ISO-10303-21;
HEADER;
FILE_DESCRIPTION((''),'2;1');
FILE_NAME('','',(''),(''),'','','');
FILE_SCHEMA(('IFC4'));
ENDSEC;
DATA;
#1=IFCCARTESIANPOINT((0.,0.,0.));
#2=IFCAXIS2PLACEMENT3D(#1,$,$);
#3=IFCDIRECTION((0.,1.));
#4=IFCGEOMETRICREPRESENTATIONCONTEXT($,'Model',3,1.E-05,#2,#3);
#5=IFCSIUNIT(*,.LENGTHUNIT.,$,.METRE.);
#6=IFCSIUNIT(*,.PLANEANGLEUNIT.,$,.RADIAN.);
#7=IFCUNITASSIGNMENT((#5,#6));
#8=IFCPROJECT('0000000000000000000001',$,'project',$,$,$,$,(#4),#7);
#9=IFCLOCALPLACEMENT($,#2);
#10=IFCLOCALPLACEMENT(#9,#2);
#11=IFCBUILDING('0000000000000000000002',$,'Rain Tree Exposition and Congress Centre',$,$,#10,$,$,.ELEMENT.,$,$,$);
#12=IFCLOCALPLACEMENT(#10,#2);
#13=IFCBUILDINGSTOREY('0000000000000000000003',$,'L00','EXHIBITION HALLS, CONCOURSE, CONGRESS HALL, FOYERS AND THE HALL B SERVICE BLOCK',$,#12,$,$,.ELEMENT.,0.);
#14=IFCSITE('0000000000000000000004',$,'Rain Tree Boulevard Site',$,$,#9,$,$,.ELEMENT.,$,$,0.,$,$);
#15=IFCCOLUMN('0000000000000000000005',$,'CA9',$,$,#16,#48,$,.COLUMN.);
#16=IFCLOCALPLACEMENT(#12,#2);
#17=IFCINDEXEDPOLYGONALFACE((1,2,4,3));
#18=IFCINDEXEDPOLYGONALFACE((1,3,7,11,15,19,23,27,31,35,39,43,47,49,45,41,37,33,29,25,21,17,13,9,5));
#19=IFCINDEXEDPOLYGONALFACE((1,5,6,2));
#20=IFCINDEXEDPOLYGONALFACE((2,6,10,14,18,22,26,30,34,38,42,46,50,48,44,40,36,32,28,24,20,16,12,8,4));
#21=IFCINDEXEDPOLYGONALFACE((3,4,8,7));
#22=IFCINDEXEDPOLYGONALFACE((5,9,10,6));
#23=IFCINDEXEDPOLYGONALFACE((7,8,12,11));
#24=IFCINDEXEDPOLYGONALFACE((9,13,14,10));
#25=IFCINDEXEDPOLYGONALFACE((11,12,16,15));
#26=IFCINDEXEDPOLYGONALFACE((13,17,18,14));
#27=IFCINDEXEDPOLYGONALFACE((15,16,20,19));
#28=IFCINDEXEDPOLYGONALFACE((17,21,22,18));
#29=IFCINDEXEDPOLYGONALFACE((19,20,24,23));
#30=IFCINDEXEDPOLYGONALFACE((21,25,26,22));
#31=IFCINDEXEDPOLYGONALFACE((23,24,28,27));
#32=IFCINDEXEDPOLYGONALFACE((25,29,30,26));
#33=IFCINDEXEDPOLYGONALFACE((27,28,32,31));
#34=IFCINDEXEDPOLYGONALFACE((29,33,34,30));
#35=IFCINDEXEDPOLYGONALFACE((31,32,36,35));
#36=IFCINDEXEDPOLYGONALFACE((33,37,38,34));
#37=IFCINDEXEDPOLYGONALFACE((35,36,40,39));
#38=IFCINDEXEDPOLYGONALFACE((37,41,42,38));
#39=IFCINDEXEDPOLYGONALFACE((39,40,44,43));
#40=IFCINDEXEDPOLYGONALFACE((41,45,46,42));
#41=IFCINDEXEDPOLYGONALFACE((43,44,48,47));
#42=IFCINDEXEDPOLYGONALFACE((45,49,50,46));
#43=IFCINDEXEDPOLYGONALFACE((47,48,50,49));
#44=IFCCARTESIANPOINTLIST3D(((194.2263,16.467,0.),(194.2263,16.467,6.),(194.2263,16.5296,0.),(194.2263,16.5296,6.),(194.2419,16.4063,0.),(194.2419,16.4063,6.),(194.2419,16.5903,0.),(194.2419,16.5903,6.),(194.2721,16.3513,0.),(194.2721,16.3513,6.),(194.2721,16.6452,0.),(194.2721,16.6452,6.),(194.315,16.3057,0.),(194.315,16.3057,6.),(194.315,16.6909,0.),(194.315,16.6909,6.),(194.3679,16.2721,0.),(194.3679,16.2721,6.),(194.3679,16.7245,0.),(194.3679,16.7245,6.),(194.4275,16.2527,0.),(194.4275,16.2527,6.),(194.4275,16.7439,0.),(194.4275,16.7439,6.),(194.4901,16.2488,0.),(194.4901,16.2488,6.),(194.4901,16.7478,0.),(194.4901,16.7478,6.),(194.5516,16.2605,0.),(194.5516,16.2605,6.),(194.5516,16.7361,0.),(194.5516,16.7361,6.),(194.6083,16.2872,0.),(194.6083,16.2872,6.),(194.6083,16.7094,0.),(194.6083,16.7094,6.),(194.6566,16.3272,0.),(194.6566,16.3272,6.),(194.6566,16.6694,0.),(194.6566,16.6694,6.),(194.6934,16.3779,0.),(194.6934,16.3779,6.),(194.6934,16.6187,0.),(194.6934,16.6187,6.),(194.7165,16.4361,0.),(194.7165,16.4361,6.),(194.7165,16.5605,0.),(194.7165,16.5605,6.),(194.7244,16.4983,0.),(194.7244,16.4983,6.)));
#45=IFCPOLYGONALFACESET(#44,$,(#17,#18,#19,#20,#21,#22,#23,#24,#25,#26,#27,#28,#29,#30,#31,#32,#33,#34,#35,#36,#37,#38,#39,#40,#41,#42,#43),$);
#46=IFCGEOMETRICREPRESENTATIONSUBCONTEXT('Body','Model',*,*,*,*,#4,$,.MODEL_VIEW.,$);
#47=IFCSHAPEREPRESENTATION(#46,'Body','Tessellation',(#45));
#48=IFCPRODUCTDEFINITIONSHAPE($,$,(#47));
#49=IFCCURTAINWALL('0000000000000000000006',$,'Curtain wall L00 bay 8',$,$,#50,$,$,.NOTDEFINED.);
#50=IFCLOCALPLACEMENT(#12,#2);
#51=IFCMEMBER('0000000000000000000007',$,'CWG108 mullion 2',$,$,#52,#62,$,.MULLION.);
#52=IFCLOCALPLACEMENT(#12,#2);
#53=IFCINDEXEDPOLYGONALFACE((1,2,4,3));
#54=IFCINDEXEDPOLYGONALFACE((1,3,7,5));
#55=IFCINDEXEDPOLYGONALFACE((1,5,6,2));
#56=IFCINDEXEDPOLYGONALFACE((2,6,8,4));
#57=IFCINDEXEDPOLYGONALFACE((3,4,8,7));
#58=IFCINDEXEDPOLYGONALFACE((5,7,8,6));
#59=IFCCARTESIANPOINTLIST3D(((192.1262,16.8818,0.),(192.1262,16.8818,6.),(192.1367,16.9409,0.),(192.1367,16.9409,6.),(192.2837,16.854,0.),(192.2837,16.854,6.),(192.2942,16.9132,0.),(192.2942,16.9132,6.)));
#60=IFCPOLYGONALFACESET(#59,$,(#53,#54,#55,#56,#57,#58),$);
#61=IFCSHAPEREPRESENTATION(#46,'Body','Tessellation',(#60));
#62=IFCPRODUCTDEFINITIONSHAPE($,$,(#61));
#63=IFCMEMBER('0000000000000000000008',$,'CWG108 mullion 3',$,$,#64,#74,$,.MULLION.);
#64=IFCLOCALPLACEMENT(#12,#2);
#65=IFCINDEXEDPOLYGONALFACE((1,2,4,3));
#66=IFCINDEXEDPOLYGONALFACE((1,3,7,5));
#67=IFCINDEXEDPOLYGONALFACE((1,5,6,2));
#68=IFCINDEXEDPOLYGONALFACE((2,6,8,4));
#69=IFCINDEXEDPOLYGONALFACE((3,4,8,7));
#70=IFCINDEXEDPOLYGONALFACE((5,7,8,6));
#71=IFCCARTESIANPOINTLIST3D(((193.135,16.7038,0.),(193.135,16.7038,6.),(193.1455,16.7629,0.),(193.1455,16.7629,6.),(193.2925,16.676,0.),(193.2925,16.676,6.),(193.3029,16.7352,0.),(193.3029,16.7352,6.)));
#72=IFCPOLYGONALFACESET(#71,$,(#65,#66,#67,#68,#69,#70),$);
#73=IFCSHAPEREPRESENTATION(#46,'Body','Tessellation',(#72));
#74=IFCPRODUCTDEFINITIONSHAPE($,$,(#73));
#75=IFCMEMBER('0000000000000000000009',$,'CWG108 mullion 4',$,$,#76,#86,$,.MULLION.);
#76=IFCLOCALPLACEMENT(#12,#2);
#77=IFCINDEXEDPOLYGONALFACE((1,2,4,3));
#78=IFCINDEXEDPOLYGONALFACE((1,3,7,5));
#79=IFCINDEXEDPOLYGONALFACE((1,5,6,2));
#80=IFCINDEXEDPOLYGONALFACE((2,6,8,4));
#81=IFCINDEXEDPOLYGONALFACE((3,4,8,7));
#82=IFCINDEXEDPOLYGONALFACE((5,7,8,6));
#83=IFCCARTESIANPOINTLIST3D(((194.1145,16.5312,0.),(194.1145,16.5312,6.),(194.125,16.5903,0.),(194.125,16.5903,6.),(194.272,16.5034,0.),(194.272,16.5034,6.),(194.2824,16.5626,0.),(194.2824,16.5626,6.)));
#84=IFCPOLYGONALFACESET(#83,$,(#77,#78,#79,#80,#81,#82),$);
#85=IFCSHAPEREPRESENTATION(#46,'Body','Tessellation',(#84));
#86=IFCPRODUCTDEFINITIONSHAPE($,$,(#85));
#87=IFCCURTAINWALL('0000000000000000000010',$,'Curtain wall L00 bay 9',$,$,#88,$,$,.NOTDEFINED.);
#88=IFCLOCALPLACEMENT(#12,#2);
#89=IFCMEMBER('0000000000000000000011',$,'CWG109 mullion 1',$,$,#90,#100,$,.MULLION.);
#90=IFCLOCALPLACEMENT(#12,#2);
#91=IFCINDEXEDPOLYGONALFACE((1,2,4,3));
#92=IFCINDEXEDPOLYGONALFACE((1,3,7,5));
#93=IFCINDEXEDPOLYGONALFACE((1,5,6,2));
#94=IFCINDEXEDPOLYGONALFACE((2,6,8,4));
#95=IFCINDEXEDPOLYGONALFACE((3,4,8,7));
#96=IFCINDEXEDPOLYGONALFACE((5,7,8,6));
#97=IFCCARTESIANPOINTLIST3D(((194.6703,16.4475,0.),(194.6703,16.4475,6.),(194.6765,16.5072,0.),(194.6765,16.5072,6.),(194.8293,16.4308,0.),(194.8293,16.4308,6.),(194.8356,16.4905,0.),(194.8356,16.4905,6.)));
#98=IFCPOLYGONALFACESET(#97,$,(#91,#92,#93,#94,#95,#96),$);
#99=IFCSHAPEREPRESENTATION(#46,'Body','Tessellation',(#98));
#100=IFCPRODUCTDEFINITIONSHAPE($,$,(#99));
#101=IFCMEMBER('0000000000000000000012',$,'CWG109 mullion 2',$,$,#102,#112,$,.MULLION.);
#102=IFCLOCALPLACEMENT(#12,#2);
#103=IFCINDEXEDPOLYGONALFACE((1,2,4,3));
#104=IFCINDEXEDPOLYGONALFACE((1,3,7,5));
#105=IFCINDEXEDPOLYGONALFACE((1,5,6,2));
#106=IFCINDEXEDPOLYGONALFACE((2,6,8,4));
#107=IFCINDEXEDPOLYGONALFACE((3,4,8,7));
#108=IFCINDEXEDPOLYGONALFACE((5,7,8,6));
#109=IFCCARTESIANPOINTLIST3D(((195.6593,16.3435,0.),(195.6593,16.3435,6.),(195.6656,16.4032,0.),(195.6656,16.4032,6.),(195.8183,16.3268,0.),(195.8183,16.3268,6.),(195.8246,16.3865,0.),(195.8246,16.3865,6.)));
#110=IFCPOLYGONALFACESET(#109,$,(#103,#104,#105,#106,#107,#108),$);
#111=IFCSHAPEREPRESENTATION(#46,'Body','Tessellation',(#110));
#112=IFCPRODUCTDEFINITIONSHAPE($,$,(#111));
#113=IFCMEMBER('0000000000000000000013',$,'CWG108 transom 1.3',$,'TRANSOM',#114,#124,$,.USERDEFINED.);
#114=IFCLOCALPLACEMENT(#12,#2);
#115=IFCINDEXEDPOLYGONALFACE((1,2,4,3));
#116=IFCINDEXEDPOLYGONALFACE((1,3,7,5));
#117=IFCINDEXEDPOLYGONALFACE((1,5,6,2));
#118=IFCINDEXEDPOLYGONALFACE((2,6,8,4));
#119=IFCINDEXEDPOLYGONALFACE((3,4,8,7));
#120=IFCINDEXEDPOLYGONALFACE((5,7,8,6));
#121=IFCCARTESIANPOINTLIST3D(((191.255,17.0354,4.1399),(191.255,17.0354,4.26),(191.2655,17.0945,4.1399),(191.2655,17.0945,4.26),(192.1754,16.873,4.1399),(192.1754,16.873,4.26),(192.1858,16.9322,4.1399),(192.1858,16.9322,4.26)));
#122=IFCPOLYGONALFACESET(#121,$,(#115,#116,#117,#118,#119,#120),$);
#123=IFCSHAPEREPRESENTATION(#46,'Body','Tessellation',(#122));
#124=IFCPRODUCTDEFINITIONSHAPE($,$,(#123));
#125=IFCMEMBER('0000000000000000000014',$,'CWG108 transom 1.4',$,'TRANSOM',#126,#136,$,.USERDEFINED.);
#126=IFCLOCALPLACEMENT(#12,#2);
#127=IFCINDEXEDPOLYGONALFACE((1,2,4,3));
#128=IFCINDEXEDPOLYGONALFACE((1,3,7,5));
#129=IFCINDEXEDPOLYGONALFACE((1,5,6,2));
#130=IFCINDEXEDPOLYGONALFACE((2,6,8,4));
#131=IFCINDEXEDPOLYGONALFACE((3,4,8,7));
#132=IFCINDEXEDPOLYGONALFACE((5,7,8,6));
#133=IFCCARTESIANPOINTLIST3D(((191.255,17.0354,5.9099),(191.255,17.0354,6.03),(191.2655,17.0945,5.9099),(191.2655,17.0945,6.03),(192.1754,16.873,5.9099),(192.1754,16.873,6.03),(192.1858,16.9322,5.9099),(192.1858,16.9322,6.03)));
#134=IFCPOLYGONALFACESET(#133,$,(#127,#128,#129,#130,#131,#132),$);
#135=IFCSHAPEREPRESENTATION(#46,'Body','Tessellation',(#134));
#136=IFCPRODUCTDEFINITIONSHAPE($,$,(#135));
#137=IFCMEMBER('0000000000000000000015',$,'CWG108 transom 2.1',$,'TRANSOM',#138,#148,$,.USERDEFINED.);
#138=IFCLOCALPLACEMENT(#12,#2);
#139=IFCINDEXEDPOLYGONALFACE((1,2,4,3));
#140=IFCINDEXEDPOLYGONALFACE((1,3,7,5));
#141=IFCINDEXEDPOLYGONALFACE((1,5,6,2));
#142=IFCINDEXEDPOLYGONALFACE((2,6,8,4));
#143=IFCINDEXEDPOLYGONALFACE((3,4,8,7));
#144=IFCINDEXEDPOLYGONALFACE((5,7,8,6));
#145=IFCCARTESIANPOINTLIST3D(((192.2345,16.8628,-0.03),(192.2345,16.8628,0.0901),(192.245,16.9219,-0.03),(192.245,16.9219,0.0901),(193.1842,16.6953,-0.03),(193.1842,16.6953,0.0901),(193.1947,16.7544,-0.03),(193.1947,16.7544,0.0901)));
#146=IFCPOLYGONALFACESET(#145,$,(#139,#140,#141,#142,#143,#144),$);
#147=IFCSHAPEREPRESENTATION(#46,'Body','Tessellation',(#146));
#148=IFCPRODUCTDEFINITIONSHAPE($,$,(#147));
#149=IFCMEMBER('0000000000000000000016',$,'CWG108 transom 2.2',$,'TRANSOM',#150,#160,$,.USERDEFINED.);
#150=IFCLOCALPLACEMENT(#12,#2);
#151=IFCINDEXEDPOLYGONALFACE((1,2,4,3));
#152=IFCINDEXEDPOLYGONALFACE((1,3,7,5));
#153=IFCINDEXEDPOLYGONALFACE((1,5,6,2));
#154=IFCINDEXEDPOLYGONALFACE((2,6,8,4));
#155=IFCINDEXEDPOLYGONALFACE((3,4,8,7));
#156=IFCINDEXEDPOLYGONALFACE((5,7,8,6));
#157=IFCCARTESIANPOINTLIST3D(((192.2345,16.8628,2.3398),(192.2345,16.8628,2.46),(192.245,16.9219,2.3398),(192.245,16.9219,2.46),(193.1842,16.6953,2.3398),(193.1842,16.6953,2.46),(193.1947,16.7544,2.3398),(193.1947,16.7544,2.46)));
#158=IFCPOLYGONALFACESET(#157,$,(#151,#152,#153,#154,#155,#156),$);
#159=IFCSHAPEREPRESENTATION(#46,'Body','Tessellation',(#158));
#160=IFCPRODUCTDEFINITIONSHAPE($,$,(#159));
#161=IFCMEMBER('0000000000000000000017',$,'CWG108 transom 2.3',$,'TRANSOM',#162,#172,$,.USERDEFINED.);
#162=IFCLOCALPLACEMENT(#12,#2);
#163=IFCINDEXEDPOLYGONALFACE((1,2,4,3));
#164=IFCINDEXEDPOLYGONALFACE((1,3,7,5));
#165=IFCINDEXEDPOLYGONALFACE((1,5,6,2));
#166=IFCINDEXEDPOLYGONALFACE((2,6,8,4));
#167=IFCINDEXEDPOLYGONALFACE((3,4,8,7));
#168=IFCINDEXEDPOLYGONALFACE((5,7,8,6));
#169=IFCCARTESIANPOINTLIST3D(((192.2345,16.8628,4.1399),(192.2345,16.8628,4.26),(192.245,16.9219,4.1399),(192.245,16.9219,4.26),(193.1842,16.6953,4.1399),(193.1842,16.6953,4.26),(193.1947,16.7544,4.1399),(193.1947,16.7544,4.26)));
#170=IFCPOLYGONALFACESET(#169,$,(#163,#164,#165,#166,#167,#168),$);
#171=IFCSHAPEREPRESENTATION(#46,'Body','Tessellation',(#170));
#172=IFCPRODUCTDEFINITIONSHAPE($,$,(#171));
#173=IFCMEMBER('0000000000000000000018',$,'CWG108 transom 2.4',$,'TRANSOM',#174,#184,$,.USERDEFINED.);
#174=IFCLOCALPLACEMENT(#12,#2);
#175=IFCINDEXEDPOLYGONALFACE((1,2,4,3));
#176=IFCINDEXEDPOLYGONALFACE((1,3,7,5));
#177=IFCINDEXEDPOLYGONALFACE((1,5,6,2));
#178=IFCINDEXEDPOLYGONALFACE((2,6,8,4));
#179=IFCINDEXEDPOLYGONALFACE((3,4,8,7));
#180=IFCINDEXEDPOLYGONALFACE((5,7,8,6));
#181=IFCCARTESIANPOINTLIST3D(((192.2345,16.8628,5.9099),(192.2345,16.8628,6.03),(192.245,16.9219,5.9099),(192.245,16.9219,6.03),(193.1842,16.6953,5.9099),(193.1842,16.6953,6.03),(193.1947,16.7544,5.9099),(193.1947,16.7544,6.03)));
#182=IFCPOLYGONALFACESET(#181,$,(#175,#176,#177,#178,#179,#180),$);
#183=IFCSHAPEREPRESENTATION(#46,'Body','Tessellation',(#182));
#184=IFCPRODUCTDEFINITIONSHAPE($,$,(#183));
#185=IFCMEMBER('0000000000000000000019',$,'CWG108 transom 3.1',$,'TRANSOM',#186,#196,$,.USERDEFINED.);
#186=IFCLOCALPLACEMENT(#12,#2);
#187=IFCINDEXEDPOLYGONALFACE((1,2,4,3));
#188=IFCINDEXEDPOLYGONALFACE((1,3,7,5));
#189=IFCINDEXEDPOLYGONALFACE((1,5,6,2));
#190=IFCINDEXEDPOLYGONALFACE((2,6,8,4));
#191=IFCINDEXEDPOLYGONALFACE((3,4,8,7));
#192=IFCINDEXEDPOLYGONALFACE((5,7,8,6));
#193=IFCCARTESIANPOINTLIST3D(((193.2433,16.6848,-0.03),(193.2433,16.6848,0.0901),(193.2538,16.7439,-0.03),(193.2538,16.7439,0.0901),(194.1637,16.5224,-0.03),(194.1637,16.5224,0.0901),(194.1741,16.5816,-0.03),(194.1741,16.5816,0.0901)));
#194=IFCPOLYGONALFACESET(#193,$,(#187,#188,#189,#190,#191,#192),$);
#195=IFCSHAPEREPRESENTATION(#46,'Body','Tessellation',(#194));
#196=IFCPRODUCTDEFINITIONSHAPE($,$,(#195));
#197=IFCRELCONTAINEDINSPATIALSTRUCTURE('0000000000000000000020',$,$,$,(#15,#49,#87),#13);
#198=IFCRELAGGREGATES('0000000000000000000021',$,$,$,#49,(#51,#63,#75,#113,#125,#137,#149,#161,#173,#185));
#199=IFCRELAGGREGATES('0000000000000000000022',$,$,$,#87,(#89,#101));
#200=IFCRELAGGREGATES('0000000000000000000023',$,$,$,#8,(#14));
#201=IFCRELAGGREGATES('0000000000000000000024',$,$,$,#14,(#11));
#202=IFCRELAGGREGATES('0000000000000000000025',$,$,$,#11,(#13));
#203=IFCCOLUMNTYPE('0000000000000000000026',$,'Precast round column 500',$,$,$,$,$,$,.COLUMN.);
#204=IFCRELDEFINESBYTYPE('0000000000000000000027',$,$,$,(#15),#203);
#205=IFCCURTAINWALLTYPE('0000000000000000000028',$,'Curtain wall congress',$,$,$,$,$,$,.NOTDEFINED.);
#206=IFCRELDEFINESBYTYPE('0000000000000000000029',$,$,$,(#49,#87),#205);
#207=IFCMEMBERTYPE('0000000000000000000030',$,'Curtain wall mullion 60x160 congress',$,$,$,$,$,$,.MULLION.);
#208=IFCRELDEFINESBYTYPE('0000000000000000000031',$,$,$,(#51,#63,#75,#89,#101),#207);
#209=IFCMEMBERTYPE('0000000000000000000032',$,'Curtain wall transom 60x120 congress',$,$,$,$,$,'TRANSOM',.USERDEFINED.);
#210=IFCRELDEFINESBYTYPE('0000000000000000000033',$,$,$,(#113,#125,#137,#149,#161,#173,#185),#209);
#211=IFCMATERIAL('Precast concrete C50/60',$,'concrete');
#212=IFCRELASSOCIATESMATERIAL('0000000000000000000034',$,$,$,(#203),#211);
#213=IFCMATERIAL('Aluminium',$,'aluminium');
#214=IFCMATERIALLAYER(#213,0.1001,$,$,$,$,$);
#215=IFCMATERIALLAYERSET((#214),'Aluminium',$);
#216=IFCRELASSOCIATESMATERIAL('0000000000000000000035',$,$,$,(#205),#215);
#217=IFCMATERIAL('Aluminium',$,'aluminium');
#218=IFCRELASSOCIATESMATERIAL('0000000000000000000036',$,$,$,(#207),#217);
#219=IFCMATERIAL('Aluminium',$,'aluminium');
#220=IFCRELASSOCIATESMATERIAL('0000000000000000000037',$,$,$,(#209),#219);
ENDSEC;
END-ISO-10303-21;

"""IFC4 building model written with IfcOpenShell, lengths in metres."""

from ifc_helpers import new_model, si_unit, direction, frame, origin, origin_2d, place, context, subcontext, project, spatial, rectangle, circle, extrude, material, layer, layer_set, material_profile, profile_set, type_object, element, aggregate, save


model = new_model("IFC4")

# Units and contexts
model_context = context("Model", 3, precision=1e-05, world=origin(), true_north=direction((0.0, 1.0)))
body_context = subcontext(model_context, "Body", "Model", "MODEL_VIEW")
ifc_project = project(units=[si_unit("LENGTHUNIT", "METRE"), si_unit("PLANEANGLEUNIT", "RADIAN")], contexts=[model_context])

# Site, building, storey
site_placement = place(None, origin())
site = spatial("IfcSite", under=ifc_project, at=site_placement, Name="Rain Tree Boulevard Site", CompositionType="ELEMENT", RefElevation=0.0)
building_placement = place(site_placement, origin())
building = spatial("IfcBuilding", under=site, at=building_placement, Name="Rain Tree Exposition and Congress Centre", CompositionType="ELEMENT")
storey_placement = place(building_placement, origin())
storey = spatial("IfcBuildingStorey", under=building, at=storey_placement, Name="L00", Description="EXHIBITION HALLS, CONCOURSE, CONGRESS HALL, FOYERS AND THE HALL B SERVICE BLOCK", CompositionType="ELEMENT", Elevation=0.0)

# Column
ifc_material_1 = material(Name="Precast concrete C50/60", Category="concrete")
ifc_material_profile_1 = material_profile(ifc_material_1, circle(Radius=0.25, at=origin_2d()), Name="RC D500")
ifc_profile_set_1 = profile_set([ifc_material_profile_1], Name="Precast concrete C50/60")
column_type = type_object("IfcColumnType", Name="Precast round column 500", PredefinedType="COLUMN", material=ifc_profile_set_1)
column_placement = place(storey_placement, frame((194.4744, 16.4983, 0.0), z_axis=(0.0, 0.0, 1.0), x_axis=(1.0, 0.0, 0.0)))
element("IfcColumn", 1, at=column_placement, inside=storey, type_object=column_type, Name="CA9", PredefinedType="COLUMN", context=body_context, shape_type="SweptSolid", body=[
    extrude(circle(Radius=0.25, at=origin_2d()), origin(), (0.0, 0.0, 1.0), 6.0),
])

# Curtain walls, members
ifc_material_2 = material(Name="Aluminium", Category="aluminium")
ifc_layer_1 = layer(ifc_material_2, 0.1001)
ifc_layer_set_1 = layer_set([ifc_layer_1], Name="Aluminium")
curtain_wall_type = type_object("IfcCurtainWallType", Name="Curtain wall congress", PredefinedType="NOTDEFINED", material=ifc_layer_set_1)
curtain_wall_1_placement = place(storey_placement, origin())
curtain_wall_1 = element("IfcCurtainWall", 2, at=curtain_wall_1_placement, inside=storey, type_object=curtain_wall_type, Name="Curtain wall L00 bay 8", PredefinedType="NOTDEFINED")
ifc_material_3 = material(Name="Aluminium", Category="aluminium")
ifc_material_profile_2 = material_profile(ifc_material_3, rectangle(XDim=0.0601, YDim=0.1599, at=origin_2d()), Name="AL 60x160")
ifc_profile_set_2 = profile_set([ifc_material_profile_2], Name="Aluminium")
member_type_1 = type_object("IfcMemberType", Name="Curtain wall mullion 60x160 congress", PredefinedType="MULLION", material=ifc_profile_set_2)
member_1_placement = place(storey_placement, frame((192.2102, 16.8975, 0.0), z_axis=(0.0, 0.0, 1.0), x_axis=(0.173635, 0.98481, 0.0)))
member_1 = element("IfcMember", 3, at=member_1_placement, type_object=member_type_1, Name="CWG108 mullion 2", PredefinedType="MULLION", context=body_context, shape_type="SweptSolid", body=[
    extrude(rectangle(XDim=0.0601, YDim=0.1599, at=origin_2d()), origin(), (0.0, 0.0, 1.0), 6.0),
])
member_2_placement = place(storey_placement, frame((193.219, 16.7195, 0.0), z_axis=(0.0, 0.0, 1.0), x_axis=(0.173635, 0.98481, 0.0)))
member_2 = element("IfcMember", 4, at=member_2_placement, type_object=member_type_1, Name="CWG108 mullion 3", PredefinedType="MULLION", context=body_context, shape_type="SweptSolid", body=[
    extrude(rectangle(XDim=0.0601, YDim=0.1599, at=origin_2d()), origin(), (0.0, 0.0, 1.0), 6.0),
])
member_3_placement = place(storey_placement, frame((194.1985, 16.5469, 0.0), z_axis=(0.0, 0.0, 1.0), x_axis=(0.173635, 0.98481, 0.0)))
member_3 = element("IfcMember", 5, at=member_3_placement, type_object=member_type_1, Name="CWG108 mullion 4", PredefinedType="MULLION", context=body_context, shape_type="SweptSolid", body=[
    extrude(rectangle(XDim=0.0601, YDim=0.1599, at=origin_2d()), origin(), (0.0, 0.0, 1.0), 6.0),
])
curtain_wall_2_placement = place(storey_placement, origin())
curtain_wall_2 = element("IfcCurtainWall", 6, at=curtain_wall_2_placement, inside=storey, type_object=curtain_wall_type, Name="Curtain wall L00 bay 9", PredefinedType="NOTDEFINED")
member_4_placement = place(storey_placement, frame((194.7529, 16.469, 0.0), z_axis=(0.0, 0.0, 1.0), x_axis=(0.104502, 0.994525, 0.0)))
member_4 = element("IfcMember", 7, at=member_4_placement, type_object=member_type_1, Name="CWG109 mullion 1", PredefinedType="MULLION", context=body_context, shape_type="SweptSolid", body=[
    extrude(rectangle(XDim=0.0601, YDim=0.1599, at=origin_2d()), origin(), (0.0, 0.0, 1.0), 6.0),
])
member_5_placement = place(storey_placement, frame((195.7419, 16.365, 0.0), z_axis=(0.0, 0.0, 1.0), x_axis=(0.104502, 0.994525, 0.0)))
member_5 = element("IfcMember", 8, at=member_5_placement, type_object=member_type_1, Name="CWG109 mullion 2", PredefinedType="MULLION", context=body_context, shape_type="SweptSolid", body=[
    extrude(rectangle(XDim=0.0601, YDim=0.1599, at=origin_2d()), origin(), (0.0, 0.0, 1.0), 6.0),
])

# Members
ifc_material_4 = material(Name="Aluminium", Category="aluminium")
ifc_material_profile_3 = material_profile(ifc_material_4, rectangle(XDim=0.0601, YDim=0.1201, at=origin_2d()), Name="AL 60x120")
ifc_profile_set_3 = profile_set([ifc_material_profile_3], Name="Aluminium")
member_type_2 = type_object("IfcMemberType", Name="Curtain wall transom 60x120 congress", ElementType="TRANSOM", PredefinedType="USERDEFINED", material=ifc_profile_set_3)
member_6_placement = place(storey_placement, frame((191.2603, 17.0649, 4.2), z_axis=(0.984797, -0.173711, 0.0), x_axis=(0.173711, 0.984797, 0.0)))
member_6 = element("IfcMember", 9, at=member_6_placement, type_object=member_type_2, Name="CWG108 transom 1.3", ObjectType="TRANSOM", PredefinedType="USERDEFINED", context=body_context, shape_type="SweptSolid", body=[
    extrude(rectangle(XDim=0.0601, YDim=0.1201, at=origin_2d()), origin(), (0.0, 0.0, 1.0), 0.9346),
])
member_7_placement = place(storey_placement, frame((191.2603, 17.0649, 5.97), z_axis=(0.984797, -0.173711, 0.0), x_axis=(0.173711, 0.984797, 0.0)))
member_7 = element("IfcMember", 10, at=member_7_placement, type_object=member_type_2, Name="CWG108 transom 1.4", ObjectType="TRANSOM", PredefinedType="USERDEFINED", context=body_context, shape_type="SweptSolid", body=[
    extrude(rectangle(XDim=0.0601, YDim=0.1201, at=origin_2d()), origin(), (0.0, 0.0, 1.0), 0.9346),
])
member_8_placement = place(storey_placement, frame((192.2397, 16.8923, 0.03), z_axis=(0.984804, -0.17367, 0.0), x_axis=(0.17367, 0.984804, 0.0)))
member_8 = element("IfcMember", 11, at=member_8_placement, type_object=member_type_2, Name="CWG108 transom 2.1", ObjectType="TRANSOM", PredefinedType="USERDEFINED", context=body_context, shape_type="SweptSolid", body=[
    extrude(rectangle(XDim=0.0601, YDim=0.1201, at=origin_2d()), origin(), (0.0, 0.0, 1.0), 0.9644),
])
member_9_placement = place(storey_placement, frame((192.2397, 16.8923, 2.3999), z_axis=(0.984804, -0.17367, 0.0), x_axis=(0.17367, 0.984804, 0.0)))
member_9 = element("IfcMember", 12, at=member_9_placement, type_object=member_type_2, Name="CWG108 transom 2.2", ObjectType="TRANSOM", PredefinedType="USERDEFINED", context=body_context, shape_type="SweptSolid", body=[
    extrude(rectangle(XDim=0.0601, YDim=0.1201, at=origin_2d()), origin(), (0.0, 0.0, 1.0), 0.9644),
])
member_10_placement = place(storey_placement, frame((192.2397, 16.8923, 4.2), z_axis=(0.984804, -0.17367, 0.0), x_axis=(0.17367, 0.984804, 0.0)))
member_10 = element("IfcMember", 13, at=member_10_placement, type_object=member_type_2, Name="CWG108 transom 2.3", ObjectType="TRANSOM", PredefinedType="USERDEFINED", context=body_context, shape_type="SweptSolid", body=[
    extrude(rectangle(XDim=0.0601, YDim=0.1201, at=origin_2d()), origin(), (0.0, 0.0, 1.0), 0.9644),
])
member_11_placement = place(storey_placement, frame((192.2397, 16.8923, 5.97), z_axis=(0.984804, -0.17367, 0.0), x_axis=(0.17367, 0.984804, 0.0)))
member_11 = element("IfcMember", 14, at=member_11_placement, type_object=member_type_2, Name="CWG108 transom 2.4", ObjectType="TRANSOM", PredefinedType="USERDEFINED", context=body_context, shape_type="SweptSolid", body=[
    extrude(rectangle(XDim=0.0601, YDim=0.1201, at=origin_2d()), origin(), (0.0, 0.0, 1.0), 0.9644),
])
member_12_placement = place(storey_placement, frame((193.2485, 16.7144, 0.03), z_axis=(0.984797, -0.173711, 0.0), x_axis=(0.173711, 0.984797, 0.0)))
member_12 = element("IfcMember", 15, at=member_12_placement, type_object=member_type_2, Name="CWG108 transom 3.1", ObjectType="TRANSOM", PredefinedType="USERDEFINED", context=body_context, shape_type="SweptSolid", body=[
    extrude(rectangle(XDim=0.0601, YDim=0.1201, at=origin_2d()), origin(), (0.0, 0.0, 1.0), 0.9346),
])

aggregate(curtain_wall_1, [member_1, member_2, member_3, member_6, member_7, member_8, member_9, member_10, member_11, member_12])
aggregate(curtain_wall_2, [member_4, member_5])

save(model, "model.ifc")
